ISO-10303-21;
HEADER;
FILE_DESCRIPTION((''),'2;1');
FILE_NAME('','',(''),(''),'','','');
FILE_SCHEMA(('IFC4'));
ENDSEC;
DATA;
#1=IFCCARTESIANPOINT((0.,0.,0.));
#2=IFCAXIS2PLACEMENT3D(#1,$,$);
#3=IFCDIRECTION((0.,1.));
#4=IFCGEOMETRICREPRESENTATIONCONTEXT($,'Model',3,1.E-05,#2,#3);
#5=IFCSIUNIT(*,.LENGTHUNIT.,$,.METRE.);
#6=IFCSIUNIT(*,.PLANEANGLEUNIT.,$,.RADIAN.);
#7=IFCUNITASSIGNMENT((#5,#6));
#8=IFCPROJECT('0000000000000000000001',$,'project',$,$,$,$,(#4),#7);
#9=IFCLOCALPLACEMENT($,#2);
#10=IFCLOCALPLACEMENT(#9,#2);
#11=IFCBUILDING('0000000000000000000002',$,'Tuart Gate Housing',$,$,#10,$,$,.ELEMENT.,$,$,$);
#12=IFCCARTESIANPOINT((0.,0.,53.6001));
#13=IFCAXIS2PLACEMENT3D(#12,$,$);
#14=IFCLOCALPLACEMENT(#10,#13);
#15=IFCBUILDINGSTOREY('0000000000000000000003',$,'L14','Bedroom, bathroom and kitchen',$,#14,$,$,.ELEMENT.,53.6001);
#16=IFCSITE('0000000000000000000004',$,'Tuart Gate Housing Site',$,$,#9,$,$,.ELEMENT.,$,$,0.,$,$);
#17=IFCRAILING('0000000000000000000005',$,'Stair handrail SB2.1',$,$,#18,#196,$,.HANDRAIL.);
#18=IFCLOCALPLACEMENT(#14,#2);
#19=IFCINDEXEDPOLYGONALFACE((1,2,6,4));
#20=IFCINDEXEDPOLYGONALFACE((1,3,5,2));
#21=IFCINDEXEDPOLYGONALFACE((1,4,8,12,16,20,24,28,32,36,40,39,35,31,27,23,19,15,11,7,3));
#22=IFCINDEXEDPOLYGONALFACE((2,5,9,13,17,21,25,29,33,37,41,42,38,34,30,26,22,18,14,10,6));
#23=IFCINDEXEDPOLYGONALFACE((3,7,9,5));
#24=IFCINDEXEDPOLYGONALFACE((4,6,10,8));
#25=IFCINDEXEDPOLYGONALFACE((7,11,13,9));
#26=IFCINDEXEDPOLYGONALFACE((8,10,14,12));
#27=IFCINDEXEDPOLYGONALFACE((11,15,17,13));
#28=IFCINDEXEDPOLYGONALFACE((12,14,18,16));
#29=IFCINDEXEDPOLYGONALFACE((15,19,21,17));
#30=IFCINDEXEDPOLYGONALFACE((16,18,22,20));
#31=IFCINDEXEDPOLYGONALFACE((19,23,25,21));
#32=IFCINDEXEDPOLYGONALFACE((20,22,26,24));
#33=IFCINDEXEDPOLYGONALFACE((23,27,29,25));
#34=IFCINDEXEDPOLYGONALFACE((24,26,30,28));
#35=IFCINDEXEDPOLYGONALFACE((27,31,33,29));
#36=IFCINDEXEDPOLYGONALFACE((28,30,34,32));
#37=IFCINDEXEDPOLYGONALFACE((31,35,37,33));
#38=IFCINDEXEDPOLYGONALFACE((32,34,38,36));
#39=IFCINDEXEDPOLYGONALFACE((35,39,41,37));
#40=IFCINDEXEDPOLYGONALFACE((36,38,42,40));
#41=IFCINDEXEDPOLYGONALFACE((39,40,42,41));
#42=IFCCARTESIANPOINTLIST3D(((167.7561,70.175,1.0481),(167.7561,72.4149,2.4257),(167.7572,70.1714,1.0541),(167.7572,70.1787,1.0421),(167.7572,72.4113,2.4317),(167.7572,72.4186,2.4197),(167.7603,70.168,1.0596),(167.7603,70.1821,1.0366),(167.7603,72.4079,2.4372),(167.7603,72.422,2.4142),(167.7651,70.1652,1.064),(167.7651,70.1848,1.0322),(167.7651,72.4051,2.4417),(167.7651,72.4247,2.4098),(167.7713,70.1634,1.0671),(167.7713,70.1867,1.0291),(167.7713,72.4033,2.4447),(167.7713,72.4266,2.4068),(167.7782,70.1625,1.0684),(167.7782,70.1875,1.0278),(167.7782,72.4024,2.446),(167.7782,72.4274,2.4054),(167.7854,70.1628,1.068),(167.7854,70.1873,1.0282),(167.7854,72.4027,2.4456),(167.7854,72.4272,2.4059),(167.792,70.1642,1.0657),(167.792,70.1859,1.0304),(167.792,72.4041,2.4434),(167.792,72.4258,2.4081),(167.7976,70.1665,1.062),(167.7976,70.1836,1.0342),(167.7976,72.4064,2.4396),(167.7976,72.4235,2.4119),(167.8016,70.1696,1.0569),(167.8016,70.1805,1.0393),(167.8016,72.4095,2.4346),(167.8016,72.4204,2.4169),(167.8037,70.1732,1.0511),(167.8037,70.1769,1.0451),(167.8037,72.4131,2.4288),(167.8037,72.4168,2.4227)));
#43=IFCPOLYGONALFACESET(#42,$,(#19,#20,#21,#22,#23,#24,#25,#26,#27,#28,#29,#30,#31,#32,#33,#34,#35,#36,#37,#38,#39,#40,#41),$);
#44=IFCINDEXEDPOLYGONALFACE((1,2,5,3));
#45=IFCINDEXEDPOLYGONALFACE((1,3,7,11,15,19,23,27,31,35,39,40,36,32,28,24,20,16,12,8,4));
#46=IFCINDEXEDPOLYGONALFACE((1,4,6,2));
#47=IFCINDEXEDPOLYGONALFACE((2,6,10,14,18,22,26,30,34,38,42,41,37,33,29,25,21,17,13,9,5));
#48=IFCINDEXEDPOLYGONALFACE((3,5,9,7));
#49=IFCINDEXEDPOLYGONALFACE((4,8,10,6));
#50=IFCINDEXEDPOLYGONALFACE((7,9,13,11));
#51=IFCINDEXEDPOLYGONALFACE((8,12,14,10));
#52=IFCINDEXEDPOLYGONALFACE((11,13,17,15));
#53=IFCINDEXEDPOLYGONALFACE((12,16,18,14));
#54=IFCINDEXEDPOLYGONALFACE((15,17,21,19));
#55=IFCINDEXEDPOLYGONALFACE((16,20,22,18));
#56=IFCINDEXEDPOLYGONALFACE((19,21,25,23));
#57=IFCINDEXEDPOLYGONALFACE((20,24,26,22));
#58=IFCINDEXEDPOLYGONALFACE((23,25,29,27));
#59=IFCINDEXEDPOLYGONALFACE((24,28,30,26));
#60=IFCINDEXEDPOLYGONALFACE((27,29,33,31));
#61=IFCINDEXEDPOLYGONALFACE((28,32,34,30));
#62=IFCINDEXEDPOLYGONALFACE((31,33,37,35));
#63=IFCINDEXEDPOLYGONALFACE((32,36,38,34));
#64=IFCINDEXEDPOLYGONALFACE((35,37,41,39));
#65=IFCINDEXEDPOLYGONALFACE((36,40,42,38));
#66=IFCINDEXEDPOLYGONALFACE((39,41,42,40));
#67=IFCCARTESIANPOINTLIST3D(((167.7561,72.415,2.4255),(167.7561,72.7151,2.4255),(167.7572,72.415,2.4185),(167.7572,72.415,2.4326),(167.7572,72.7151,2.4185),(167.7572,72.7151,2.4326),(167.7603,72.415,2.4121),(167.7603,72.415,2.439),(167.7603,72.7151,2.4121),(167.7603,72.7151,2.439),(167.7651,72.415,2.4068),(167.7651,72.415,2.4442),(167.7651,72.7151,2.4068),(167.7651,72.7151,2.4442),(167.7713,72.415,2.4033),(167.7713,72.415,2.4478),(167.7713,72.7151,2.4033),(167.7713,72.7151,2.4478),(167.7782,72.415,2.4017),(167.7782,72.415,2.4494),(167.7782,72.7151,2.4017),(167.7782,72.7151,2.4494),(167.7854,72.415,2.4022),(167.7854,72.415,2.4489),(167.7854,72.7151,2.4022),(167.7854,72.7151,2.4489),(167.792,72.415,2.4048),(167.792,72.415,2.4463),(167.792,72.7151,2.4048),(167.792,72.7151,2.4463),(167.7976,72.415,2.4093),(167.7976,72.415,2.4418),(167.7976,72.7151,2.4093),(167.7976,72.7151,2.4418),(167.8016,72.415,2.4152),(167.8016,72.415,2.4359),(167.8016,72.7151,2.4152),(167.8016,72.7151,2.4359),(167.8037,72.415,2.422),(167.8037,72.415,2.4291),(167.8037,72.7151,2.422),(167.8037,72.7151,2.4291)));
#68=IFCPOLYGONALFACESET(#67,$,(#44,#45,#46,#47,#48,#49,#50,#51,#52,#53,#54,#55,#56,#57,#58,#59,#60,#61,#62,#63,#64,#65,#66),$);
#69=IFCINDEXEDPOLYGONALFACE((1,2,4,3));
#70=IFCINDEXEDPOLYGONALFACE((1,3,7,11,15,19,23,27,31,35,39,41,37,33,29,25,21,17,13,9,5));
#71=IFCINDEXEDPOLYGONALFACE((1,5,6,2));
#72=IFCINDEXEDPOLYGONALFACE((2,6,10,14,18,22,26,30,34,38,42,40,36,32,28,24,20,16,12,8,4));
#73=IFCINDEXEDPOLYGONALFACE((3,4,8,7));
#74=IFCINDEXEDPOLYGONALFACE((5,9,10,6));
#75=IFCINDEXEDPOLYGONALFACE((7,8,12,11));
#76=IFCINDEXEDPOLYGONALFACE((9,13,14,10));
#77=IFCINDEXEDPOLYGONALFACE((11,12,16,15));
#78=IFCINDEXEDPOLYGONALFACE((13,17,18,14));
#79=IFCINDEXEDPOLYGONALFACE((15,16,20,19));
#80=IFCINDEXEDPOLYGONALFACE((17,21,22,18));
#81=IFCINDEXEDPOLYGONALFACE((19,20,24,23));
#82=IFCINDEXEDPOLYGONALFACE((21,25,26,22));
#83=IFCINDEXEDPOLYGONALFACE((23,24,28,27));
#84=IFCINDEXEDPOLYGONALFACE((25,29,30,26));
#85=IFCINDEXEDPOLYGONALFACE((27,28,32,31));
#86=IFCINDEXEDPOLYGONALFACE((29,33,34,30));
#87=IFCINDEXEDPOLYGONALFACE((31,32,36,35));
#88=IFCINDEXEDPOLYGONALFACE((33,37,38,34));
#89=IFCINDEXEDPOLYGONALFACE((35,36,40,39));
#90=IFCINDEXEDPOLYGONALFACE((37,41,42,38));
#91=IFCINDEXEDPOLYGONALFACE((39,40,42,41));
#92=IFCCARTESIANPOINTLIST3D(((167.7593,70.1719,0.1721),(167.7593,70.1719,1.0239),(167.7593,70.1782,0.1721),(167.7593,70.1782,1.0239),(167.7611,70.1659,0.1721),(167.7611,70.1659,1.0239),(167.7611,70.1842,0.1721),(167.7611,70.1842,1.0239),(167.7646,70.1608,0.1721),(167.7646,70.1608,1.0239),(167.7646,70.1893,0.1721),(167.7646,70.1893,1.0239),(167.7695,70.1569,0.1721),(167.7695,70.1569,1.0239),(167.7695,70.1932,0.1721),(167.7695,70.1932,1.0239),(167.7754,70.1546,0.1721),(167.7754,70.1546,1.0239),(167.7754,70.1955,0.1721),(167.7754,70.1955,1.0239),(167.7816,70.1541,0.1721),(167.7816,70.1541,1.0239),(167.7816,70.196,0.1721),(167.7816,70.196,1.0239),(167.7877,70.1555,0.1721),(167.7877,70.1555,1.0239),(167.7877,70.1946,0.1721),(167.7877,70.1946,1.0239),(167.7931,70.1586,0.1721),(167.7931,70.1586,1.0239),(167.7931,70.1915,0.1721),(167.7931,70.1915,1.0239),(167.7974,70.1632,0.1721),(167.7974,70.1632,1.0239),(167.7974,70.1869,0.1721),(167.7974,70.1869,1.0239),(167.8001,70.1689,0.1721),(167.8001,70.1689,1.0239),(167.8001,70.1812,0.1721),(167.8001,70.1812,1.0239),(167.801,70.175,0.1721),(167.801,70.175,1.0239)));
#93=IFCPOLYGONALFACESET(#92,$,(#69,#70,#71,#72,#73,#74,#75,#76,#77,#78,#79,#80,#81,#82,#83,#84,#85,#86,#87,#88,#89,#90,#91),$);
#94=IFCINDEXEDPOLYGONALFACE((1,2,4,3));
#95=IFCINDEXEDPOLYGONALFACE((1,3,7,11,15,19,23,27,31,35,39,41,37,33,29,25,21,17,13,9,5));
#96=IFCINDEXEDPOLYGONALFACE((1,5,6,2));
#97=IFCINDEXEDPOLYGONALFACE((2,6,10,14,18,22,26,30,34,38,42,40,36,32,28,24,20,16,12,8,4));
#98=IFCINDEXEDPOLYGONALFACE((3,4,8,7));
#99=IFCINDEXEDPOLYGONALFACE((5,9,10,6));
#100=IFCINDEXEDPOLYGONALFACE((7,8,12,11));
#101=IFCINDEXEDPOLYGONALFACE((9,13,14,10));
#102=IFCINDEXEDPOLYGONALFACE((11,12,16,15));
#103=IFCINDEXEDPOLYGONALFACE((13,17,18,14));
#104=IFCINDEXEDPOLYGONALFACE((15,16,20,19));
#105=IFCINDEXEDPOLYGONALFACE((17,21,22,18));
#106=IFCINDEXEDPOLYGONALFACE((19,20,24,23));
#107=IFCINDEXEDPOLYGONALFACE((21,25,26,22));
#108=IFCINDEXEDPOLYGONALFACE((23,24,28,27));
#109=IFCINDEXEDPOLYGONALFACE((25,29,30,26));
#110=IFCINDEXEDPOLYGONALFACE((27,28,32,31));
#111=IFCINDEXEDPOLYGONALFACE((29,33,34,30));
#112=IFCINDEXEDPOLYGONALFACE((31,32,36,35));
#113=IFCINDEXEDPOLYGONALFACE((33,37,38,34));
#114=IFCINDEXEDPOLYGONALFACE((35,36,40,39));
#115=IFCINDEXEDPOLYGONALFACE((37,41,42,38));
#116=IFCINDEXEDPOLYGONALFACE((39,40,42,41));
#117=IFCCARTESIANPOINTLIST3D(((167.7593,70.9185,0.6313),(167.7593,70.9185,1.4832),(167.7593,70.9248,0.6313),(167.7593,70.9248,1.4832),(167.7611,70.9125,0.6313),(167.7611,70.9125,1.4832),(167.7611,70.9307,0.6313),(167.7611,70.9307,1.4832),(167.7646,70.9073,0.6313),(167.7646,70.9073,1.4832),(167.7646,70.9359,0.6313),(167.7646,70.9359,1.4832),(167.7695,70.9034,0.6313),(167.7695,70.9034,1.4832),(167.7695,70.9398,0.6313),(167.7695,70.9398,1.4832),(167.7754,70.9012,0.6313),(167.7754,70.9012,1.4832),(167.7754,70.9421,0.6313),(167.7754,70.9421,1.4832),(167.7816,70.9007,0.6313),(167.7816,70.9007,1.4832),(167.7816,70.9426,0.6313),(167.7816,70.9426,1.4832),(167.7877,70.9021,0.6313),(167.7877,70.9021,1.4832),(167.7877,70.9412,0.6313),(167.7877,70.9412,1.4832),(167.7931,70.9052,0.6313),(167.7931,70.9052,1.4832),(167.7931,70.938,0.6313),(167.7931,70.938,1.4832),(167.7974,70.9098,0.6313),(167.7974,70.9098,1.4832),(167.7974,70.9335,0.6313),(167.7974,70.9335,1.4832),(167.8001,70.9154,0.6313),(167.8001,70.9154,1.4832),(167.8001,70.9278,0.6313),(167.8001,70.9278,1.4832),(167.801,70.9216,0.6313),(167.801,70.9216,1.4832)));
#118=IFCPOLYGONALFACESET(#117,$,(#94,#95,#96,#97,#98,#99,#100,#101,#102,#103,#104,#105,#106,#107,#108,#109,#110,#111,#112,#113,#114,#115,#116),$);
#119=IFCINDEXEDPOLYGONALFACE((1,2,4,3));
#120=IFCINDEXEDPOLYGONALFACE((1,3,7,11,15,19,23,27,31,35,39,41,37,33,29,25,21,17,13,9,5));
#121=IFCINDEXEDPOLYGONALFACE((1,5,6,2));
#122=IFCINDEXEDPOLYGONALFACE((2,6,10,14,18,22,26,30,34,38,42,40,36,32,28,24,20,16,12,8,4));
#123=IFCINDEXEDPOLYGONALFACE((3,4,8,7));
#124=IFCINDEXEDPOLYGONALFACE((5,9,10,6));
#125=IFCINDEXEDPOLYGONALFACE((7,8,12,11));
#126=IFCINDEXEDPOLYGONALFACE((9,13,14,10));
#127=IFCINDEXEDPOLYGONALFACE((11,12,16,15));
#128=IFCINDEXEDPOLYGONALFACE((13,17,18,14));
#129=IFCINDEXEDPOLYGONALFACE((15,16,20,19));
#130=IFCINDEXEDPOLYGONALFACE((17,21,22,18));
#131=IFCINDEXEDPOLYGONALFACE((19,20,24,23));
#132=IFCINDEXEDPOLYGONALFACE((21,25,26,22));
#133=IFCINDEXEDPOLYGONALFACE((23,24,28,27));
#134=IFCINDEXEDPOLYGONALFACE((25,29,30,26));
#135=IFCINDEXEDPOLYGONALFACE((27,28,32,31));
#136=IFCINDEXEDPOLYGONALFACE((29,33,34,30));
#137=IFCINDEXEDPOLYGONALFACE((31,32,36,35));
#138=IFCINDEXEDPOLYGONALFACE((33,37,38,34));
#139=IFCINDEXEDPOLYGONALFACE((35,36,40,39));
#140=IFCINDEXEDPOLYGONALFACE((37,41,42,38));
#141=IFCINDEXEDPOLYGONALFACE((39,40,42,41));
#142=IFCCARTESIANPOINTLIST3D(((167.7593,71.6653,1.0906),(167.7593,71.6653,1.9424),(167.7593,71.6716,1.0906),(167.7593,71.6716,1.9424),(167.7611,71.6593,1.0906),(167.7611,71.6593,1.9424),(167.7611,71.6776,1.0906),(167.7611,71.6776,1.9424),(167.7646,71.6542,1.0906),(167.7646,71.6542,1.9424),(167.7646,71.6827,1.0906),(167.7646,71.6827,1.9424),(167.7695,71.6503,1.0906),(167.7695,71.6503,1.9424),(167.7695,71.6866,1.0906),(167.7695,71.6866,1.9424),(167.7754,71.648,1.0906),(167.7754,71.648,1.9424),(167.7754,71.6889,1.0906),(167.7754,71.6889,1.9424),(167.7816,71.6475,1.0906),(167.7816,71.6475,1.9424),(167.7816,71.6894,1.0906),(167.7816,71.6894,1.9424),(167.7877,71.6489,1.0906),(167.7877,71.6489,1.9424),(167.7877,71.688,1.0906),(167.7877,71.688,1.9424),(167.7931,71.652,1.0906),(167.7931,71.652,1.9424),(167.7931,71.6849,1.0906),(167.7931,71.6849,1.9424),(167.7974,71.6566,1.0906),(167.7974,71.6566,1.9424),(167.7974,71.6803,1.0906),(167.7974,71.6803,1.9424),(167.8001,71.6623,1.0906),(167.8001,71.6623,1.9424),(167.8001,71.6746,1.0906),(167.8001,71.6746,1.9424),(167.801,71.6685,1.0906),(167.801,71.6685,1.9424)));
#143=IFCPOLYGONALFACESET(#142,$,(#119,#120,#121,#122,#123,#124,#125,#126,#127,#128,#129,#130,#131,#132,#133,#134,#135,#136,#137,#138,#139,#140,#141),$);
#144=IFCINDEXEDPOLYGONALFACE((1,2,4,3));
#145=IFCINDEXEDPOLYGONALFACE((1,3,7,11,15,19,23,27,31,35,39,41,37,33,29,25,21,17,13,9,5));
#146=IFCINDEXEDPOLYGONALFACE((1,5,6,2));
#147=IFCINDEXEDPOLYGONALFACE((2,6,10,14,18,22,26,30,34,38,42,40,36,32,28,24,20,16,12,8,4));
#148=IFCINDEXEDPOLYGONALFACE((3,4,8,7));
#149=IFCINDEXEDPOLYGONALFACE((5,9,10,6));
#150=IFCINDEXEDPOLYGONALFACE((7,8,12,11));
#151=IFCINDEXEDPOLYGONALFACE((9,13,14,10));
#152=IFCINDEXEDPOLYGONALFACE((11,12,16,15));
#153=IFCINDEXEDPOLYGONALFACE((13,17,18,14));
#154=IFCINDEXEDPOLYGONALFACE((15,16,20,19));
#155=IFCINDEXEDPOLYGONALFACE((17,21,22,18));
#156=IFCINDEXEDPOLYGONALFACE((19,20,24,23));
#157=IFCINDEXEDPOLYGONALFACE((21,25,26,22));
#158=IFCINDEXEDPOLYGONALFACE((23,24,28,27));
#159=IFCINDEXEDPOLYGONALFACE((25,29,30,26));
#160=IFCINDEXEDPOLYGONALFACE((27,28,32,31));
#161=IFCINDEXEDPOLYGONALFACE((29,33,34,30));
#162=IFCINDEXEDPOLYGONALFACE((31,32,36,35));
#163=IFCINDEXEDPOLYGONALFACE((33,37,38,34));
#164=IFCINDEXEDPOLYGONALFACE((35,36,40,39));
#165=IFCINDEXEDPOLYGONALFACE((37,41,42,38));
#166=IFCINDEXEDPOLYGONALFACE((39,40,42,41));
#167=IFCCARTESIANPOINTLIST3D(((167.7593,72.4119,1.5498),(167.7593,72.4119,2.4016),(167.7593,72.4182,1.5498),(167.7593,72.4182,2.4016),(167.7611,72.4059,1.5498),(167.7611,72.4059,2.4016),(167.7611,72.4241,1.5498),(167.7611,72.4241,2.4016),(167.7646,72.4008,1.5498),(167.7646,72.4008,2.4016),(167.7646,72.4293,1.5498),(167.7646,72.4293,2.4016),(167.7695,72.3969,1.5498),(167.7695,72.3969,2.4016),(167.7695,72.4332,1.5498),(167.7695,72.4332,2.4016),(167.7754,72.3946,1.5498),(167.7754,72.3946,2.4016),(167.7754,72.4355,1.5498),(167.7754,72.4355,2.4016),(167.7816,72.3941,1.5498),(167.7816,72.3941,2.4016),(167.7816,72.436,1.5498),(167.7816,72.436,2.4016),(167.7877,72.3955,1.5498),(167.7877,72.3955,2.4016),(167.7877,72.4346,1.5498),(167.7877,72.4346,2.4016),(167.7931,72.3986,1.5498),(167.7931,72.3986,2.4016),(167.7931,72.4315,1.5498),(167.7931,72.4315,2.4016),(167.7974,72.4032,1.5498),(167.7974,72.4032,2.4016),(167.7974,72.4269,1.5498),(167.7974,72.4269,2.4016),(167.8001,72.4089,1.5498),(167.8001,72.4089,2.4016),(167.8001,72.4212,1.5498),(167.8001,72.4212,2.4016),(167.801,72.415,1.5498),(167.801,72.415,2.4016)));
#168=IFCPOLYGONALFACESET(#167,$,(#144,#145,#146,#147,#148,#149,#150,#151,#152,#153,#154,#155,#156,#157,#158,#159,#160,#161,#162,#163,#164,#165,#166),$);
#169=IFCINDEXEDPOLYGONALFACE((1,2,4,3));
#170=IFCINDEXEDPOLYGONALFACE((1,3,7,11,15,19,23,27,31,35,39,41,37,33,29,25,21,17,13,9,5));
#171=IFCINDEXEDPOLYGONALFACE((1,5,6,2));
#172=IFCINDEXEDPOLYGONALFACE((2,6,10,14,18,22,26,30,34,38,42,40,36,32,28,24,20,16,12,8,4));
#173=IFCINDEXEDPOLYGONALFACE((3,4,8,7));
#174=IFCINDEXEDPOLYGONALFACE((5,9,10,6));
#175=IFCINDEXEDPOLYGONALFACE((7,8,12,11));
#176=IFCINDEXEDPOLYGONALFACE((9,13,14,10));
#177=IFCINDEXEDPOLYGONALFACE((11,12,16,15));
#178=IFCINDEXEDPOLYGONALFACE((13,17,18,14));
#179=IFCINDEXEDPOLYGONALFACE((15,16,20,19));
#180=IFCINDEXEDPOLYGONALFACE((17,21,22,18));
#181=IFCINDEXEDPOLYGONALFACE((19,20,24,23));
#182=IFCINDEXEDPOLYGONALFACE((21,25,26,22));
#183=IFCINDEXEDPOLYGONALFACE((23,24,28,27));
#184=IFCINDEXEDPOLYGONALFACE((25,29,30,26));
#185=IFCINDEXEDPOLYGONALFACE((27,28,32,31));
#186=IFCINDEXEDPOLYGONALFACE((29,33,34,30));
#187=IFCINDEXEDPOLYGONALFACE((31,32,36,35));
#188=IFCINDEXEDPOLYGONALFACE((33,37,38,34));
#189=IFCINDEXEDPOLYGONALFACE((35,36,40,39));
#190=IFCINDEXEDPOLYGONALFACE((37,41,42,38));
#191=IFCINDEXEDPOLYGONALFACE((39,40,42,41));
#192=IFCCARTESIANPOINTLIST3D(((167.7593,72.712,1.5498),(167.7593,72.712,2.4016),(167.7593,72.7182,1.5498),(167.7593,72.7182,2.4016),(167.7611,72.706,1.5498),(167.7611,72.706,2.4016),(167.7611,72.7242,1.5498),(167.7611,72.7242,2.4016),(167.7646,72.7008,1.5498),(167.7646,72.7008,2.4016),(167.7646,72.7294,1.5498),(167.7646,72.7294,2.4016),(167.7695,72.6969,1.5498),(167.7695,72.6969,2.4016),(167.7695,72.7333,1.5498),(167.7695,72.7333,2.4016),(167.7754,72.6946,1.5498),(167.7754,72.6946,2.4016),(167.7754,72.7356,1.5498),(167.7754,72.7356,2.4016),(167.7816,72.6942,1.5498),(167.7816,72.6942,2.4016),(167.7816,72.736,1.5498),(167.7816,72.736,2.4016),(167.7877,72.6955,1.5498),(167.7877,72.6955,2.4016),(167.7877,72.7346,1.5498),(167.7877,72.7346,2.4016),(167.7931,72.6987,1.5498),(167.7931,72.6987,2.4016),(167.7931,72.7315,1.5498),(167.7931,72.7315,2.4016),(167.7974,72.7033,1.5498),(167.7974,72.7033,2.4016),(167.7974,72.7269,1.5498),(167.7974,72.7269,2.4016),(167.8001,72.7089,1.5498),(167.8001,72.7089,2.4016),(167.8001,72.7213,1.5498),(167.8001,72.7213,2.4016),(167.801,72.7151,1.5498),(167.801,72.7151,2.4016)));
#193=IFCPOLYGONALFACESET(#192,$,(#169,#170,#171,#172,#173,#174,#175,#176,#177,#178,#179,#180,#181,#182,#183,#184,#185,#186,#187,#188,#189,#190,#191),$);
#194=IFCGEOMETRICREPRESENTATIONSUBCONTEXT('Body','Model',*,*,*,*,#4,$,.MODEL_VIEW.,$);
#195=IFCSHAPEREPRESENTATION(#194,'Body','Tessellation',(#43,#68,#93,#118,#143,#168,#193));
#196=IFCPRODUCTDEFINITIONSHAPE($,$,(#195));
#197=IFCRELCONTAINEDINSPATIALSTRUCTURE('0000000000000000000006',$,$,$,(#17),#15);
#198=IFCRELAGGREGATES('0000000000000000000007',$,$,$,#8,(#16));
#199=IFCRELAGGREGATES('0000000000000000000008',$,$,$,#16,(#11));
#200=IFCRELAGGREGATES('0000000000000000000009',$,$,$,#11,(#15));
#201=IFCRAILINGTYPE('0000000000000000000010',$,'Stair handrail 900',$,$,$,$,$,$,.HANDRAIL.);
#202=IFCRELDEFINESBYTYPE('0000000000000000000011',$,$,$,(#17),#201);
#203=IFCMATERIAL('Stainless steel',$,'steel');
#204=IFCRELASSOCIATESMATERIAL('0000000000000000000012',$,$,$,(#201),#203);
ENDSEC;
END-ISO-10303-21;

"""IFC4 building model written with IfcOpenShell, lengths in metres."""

from ifc_helpers import new_model, si_unit, direction, frame, origin, origin_2d, place, context, subcontext, project, spatial, circle, extrude, material, type_object, element, save


model = new_model("IFC4")

# Units and contexts
model_context = context("Model", 3, precision=1e-05, world=origin(), true_north=direction((0.0, 1.0)))
body_context = subcontext(model_context, "Body", "Model", "MODEL_VIEW")
ifc_project = project(units=[si_unit("LENGTHUNIT", "METRE"), si_unit("PLANEANGLEUNIT", "RADIAN")], contexts=[model_context])

# Site, building, storey
site_placement = place(None, origin())
site = spatial("IfcSite", under=ifc_project, at=site_placement, Name="Tuart Gate Housing Site", CompositionType="ELEMENT", RefElevation=0.0)
building_placement = place(site_placement, origin())
building = spatial("IfcBuilding", under=site, at=building_placement, Name="Tuart Gate Housing", CompositionType="ELEMENT")
storey_placement = place(building_placement, frame((0.0, 0.0, 53.6001)))
storey = spatial("IfcBuildingStorey", under=building, at=storey_placement, Name="L14", Description="Bedroom, bathroom and kitchen", CompositionType="ELEMENT", Elevation=53.6001)

# Railing
ifc_material_1 = material(Name="Stainless steel", Category="steel")
railing_type = type_object("IfcRailingType", Name="Stair handrail 900", PredefinedType="HANDRAIL", material=ifc_material_1)
railing_placement = place(storey_placement, frame((167.78, 70.175, 0.1721)))
element("IfcRailing", 1, at=railing_placement, inside=storey, type_object=railing_type, Name="Stair handrail SB2.1", PredefinedType="HANDRAIL", context=body_context, shape_type="SweptSolid", body=[
    extrude(circle(Radius=0.0239, at=origin_2d()), frame((0.0, 0.0, 0.876), z_axis=(0.0, 0.851789, 0.523885), x_axis=(-1.0, 0.0, 0.0)), (0.0, 0.0, 1.0), 2.6296),
    extrude(circle(Radius=0.0239, at=origin_2d()), frame((0.0, 2.24, 2.2534), z_axis=(0.0, 1.0, 0.0), x_axis=(-1.0, 0.0, 0.0)), (0.0, 0.0, 1.0), 0.3),
    extrude(circle(Radius=0.021, at=origin_2d()), origin(), (0.0, 0.0, 1.0), 0.8518),
    extrude(circle(Radius=0.021, at=origin_2d()), frame((0.0, 0.7466, 0.4592)), (0.0, 0.0, 1.0), 0.8518),
    extrude(circle(Radius=0.021, at=origin_2d()), frame((0.0, 1.4934, 0.9185)), (0.0, 0.0, 1.0), 0.8518),
    extrude(circle(Radius=0.021, at=origin_2d()), frame((0.0, 2.24, 1.3777)), (0.0, 0.0, 1.0), 0.8518),
    extrude(circle(Radius=0.021, at=origin_2d()), frame((0.0, 2.54, 1.3777)), (0.0, 0.0, 1.0), 0.8518),
])

save(model, "model.ifc")
